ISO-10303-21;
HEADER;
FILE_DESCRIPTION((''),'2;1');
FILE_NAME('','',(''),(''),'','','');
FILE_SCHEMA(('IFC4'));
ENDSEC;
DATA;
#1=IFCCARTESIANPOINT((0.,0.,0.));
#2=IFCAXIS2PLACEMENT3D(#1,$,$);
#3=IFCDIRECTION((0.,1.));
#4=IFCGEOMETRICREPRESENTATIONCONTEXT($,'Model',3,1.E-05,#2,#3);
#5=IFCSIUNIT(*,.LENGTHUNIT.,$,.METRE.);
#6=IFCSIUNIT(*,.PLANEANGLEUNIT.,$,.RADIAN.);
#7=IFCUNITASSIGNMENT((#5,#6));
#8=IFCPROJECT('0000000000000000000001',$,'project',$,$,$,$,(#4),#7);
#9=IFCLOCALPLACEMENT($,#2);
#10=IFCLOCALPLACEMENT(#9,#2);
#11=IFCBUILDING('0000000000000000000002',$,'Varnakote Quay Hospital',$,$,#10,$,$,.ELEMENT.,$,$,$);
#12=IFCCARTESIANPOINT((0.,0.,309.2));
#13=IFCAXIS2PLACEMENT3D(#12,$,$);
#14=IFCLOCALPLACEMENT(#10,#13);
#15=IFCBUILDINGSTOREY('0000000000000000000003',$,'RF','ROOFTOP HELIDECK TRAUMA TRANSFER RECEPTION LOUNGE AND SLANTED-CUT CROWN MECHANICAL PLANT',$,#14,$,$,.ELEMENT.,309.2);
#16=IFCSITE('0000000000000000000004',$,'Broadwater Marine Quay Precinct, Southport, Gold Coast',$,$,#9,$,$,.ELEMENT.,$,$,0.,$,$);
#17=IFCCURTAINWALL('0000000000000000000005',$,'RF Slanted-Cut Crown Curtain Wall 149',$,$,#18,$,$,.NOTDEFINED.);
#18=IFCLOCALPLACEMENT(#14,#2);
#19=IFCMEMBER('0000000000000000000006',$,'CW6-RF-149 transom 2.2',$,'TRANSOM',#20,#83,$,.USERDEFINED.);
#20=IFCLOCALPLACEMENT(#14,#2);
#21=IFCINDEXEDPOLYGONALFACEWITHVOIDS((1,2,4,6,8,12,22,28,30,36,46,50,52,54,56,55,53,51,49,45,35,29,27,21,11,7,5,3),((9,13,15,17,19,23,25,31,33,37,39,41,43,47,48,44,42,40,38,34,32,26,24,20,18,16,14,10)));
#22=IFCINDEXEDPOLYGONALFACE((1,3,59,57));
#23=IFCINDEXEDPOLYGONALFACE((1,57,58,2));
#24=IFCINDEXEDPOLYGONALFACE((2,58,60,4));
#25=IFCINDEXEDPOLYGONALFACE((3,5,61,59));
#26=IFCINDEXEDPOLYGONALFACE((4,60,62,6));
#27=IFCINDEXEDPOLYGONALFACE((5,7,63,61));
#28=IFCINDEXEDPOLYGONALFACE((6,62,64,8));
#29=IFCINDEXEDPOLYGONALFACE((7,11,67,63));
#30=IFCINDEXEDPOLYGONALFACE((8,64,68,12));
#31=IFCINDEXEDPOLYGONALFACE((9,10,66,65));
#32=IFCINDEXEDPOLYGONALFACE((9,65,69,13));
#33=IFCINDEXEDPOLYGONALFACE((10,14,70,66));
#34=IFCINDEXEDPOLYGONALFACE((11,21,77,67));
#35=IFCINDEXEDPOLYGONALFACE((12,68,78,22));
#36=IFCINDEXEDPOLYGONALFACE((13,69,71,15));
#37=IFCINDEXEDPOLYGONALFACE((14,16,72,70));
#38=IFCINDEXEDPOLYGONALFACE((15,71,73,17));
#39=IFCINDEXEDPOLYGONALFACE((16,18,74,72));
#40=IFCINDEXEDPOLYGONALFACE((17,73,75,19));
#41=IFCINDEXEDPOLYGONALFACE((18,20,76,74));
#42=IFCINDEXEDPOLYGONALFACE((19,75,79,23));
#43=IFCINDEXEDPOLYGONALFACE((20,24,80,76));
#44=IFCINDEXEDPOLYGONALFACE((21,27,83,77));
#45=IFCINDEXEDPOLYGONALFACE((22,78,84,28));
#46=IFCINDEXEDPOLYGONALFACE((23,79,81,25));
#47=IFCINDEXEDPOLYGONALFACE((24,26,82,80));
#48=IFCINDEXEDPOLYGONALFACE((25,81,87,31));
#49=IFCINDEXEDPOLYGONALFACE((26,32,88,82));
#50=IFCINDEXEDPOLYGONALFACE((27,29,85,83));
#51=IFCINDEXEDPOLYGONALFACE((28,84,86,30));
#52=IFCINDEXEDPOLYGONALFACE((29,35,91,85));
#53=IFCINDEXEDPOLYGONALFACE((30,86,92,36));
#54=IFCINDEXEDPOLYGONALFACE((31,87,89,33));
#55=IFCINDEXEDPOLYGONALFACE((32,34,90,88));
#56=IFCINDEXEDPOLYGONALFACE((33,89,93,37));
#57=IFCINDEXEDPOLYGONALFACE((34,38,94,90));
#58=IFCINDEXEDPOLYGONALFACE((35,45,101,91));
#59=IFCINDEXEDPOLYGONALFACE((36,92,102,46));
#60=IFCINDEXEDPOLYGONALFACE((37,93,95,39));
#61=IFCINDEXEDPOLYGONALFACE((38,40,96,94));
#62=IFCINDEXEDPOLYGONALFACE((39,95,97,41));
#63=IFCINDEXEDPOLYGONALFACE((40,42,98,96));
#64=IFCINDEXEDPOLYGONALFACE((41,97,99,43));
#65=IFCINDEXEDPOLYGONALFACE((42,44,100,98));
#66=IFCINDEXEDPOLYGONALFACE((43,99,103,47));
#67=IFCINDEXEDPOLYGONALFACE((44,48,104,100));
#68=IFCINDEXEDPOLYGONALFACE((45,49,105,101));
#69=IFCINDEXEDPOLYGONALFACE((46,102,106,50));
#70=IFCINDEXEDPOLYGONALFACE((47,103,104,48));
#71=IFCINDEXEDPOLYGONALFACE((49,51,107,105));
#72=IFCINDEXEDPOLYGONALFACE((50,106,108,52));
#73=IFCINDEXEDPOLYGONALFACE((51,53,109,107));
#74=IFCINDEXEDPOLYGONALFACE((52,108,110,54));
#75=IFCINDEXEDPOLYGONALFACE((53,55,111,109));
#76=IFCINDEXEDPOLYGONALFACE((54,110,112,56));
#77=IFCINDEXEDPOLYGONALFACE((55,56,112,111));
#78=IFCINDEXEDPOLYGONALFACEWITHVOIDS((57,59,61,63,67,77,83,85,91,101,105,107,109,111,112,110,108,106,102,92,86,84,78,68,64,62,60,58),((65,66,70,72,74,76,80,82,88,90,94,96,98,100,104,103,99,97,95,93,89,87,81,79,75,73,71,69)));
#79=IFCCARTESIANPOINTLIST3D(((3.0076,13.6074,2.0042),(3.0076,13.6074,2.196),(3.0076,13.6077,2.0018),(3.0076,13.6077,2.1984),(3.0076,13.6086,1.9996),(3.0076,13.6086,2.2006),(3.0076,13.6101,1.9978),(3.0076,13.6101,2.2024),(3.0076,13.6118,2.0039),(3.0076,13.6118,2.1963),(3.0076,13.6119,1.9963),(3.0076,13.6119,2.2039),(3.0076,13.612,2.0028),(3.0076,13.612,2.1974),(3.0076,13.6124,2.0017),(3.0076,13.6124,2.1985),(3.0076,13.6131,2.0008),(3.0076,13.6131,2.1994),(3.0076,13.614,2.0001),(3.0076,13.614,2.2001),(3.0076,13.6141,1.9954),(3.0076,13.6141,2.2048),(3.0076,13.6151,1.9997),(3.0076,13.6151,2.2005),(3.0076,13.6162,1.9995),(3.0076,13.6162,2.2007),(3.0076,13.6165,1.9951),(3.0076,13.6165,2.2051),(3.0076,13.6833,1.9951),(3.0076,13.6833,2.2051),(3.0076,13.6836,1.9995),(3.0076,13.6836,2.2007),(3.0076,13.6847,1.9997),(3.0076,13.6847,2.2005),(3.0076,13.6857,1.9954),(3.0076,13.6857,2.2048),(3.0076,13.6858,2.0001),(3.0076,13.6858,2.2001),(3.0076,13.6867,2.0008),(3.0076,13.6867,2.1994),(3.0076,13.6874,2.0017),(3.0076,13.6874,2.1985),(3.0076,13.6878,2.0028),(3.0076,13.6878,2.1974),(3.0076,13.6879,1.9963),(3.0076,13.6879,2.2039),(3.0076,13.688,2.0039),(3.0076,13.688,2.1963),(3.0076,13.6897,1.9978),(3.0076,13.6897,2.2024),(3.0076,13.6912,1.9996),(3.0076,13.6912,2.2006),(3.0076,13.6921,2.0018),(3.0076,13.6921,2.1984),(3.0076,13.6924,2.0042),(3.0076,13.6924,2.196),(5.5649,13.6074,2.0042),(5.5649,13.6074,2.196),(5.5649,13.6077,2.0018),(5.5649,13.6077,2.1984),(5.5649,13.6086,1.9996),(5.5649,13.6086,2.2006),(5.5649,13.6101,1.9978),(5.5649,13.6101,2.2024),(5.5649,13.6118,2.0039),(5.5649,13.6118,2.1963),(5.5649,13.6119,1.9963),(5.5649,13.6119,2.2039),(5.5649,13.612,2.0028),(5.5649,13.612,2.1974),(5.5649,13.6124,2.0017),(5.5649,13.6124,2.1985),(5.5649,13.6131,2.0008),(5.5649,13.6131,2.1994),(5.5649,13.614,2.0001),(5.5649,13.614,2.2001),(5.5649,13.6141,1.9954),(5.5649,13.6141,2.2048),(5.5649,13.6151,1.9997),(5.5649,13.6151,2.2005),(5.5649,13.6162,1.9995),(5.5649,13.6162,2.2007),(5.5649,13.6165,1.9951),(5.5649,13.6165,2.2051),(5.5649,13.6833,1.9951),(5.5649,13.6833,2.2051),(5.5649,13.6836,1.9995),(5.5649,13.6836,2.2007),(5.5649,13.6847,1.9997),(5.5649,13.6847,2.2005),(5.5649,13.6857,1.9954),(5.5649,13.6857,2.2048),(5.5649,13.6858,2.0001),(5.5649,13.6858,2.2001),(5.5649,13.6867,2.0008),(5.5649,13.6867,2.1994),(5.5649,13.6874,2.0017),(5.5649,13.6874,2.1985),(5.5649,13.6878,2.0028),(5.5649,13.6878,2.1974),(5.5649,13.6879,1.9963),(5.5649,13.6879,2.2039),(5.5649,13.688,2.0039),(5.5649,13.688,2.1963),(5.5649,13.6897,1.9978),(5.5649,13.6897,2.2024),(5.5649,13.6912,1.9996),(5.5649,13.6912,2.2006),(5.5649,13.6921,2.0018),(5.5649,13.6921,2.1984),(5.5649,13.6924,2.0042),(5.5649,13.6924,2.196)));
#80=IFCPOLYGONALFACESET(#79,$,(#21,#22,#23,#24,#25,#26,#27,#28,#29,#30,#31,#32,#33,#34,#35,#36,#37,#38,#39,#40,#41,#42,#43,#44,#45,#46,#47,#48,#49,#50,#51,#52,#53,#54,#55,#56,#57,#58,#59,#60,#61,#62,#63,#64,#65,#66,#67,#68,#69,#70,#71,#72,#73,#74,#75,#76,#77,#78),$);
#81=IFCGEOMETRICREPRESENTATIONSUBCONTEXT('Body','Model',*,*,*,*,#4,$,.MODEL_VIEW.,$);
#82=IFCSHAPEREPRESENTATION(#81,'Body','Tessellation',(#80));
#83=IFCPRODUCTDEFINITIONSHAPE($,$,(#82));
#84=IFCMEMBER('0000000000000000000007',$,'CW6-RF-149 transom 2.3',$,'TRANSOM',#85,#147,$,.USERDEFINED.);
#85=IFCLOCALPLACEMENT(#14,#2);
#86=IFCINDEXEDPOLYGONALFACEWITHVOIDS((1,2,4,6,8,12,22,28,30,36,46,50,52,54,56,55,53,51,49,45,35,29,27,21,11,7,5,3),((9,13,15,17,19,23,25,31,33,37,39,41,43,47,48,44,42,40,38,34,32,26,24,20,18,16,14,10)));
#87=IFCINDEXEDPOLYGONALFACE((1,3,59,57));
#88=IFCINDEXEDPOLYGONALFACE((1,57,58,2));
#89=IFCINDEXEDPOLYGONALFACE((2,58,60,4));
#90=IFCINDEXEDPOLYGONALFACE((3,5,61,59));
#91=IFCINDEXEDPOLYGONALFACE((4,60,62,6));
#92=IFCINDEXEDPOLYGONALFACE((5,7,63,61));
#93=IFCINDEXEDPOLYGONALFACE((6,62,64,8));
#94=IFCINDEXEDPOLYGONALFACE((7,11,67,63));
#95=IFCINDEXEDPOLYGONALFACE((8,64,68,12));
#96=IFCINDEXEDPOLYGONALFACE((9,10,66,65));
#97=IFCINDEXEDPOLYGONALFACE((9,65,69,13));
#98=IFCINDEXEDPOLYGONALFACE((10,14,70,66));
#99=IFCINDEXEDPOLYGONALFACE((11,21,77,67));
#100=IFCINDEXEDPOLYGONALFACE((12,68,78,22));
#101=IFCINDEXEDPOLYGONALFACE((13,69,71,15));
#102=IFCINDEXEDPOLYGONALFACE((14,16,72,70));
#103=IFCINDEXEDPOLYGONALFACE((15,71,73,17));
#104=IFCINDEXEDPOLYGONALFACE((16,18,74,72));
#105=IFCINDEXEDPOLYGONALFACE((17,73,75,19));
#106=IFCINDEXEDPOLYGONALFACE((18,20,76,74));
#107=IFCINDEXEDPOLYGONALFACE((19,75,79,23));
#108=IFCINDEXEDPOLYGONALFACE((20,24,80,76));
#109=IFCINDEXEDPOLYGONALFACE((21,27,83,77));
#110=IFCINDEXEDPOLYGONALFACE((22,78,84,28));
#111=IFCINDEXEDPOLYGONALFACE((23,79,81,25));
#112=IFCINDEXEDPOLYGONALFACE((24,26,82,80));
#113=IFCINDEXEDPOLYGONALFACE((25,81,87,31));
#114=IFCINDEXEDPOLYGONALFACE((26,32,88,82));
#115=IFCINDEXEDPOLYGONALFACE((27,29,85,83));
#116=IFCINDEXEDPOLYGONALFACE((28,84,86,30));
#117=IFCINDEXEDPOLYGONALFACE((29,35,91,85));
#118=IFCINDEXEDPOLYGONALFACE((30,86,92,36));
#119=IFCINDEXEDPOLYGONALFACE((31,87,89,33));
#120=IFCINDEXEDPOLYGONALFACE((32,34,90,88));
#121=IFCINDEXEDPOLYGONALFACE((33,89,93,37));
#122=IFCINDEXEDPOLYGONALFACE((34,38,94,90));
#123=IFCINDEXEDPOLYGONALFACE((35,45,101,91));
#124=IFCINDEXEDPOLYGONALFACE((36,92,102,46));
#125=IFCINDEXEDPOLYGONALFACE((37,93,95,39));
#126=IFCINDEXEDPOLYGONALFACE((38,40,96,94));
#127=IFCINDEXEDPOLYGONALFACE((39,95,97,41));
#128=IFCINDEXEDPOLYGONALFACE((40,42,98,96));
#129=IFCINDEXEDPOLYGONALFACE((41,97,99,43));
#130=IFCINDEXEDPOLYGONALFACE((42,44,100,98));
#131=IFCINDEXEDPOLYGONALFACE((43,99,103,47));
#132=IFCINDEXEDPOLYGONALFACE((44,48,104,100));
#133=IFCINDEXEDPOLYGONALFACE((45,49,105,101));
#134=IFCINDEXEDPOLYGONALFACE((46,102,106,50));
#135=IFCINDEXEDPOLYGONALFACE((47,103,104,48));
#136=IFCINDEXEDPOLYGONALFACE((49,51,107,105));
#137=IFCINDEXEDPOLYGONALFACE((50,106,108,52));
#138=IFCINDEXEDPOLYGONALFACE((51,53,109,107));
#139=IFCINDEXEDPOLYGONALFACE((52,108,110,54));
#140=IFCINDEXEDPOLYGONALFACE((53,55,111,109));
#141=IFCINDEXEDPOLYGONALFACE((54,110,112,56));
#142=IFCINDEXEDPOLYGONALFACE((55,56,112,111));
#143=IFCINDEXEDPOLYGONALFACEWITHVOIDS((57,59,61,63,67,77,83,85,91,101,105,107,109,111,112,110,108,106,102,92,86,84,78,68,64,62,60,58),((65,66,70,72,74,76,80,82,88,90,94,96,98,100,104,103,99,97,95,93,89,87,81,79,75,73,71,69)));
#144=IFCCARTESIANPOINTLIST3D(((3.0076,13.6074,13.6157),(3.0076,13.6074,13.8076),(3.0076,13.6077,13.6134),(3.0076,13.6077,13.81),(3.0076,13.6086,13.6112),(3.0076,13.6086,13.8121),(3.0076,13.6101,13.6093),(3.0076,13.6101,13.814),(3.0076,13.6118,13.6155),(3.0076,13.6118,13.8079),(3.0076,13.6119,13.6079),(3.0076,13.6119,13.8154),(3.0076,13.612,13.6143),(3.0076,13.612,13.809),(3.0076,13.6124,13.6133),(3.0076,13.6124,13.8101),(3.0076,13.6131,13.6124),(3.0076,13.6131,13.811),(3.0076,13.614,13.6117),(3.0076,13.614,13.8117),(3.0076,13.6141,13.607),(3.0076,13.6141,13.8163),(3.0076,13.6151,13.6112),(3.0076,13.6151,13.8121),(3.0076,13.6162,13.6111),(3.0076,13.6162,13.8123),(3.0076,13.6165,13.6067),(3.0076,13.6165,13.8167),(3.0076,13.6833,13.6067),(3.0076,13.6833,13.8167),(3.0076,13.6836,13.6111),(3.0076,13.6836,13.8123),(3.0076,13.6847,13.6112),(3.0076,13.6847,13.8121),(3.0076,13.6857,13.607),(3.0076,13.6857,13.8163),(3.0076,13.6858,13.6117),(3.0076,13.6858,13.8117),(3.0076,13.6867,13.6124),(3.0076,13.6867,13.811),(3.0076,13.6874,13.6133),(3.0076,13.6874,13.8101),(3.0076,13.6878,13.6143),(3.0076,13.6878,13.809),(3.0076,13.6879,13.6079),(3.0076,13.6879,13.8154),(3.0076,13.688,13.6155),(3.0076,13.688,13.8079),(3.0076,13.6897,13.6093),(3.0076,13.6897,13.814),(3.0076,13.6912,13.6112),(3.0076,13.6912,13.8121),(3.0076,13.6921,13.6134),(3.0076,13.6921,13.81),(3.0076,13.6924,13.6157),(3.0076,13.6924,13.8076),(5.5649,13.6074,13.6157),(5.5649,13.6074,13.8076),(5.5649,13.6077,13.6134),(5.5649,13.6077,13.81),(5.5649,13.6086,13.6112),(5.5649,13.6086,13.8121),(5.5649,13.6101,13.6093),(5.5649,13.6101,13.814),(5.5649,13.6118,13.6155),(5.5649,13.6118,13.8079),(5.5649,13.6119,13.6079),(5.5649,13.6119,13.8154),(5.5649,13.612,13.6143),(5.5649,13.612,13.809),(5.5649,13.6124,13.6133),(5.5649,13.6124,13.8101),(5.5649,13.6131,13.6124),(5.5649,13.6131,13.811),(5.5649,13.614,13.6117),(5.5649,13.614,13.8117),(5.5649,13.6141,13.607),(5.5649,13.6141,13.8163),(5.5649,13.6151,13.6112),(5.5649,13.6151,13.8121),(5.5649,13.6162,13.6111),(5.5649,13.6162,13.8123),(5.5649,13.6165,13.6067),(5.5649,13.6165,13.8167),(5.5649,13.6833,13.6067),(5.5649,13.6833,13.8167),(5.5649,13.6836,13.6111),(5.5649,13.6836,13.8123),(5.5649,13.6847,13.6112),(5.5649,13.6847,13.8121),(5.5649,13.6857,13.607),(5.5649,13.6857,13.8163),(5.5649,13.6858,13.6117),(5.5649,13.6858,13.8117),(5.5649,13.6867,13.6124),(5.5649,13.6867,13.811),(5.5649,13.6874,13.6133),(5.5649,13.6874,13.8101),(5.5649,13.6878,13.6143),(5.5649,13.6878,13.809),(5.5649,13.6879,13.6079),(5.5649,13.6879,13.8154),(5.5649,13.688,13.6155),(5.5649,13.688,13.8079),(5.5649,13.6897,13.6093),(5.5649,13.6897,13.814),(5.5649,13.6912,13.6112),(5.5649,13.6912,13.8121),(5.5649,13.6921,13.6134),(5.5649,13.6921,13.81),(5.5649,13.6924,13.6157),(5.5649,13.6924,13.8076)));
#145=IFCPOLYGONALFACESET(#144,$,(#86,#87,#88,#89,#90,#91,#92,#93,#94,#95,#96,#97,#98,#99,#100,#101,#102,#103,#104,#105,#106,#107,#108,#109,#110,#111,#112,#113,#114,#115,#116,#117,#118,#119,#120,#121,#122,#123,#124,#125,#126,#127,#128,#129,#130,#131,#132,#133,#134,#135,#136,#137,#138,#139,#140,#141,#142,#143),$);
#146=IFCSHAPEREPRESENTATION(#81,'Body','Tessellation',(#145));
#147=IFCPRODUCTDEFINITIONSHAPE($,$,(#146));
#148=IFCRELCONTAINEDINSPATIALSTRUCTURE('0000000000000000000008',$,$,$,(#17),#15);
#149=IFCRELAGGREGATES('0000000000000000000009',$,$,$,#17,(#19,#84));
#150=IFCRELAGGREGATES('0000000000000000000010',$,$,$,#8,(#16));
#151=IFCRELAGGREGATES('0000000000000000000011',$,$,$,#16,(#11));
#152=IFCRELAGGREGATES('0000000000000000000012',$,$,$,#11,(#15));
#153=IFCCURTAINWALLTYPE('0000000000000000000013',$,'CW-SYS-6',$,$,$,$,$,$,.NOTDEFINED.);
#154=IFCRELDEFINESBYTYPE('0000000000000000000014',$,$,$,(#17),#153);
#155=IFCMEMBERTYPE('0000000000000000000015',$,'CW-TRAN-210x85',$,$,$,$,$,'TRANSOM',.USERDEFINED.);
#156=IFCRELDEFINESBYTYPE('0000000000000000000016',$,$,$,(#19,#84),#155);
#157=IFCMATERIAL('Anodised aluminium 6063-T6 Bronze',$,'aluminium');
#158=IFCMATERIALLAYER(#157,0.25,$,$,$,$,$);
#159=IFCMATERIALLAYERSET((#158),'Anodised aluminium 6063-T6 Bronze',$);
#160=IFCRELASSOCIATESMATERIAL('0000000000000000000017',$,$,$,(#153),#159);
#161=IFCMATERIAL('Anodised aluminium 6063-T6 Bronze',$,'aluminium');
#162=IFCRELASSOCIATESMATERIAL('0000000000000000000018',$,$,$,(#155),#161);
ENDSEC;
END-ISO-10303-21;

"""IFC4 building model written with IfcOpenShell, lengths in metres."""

from ifc_helpers import new_model, si_unit, direction, frame, origin, origin_2d, place, context, subcontext, project, spatial, hollow_rectangle, extrude, material, layer, layer_set, material_profile, profile_set, type_object, element, aggregate, save


model = new_model("IFC4")

# Units and contexts
model_context = context("Model", 3, precision=1e-05, world=origin(), true_north=direction((0.0, 1.0)))
body_context = subcontext(model_context, "Body", "Model", "MODEL_VIEW")
ifc_project = project(units=[si_unit("LENGTHUNIT", "METRE"), si_unit("PLANEANGLEUNIT", "RADIAN")], contexts=[model_context])

# Site, building, storey
site_placement = place(None, origin())
site = spatial("IfcSite", under=ifc_project, at=site_placement, Name="Broadwater Marine Quay Precinct, Southport, Gold Coast", CompositionType="ELEMENT", RefElevation=0.0)
building_placement = place(site_placement, origin())
building = spatial("IfcBuilding", under=site, at=building_placement, Name="Varnakote Quay Hospital", CompositionType="ELEMENT")
storey_placement = place(building_placement, frame((0.0, 0.0, 309.2)))
storey = spatial("IfcBuildingStorey", under=building, at=storey_placement, Name="RF", Description="ROOFTOP HELIDECK TRAUMA TRANSFER RECEPTION LOUNGE AND SLANTED-CUT CROWN MECHANICAL PLANT", CompositionType="ELEMENT", Elevation=309.2)

# Curtain wall
ifc_material_1 = material(Name="Anodised aluminium 6063-T6 Bronze", Category="aluminium")
ifc_layer_1 = layer(ifc_material_1, 0.25)
ifc_layer_set_1 = layer_set([ifc_layer_1], Name="Anodised aluminium 6063-T6 Bronze")
curtain_wall_type = type_object("IfcCurtainWallType", Name="CW-SYS-6", PredefinedType="NOTDEFINED", material=ifc_layer_set_1)
curtain_wall_1_placement = place(storey_placement, origin())
curtain_wall_1 = element("IfcCurtainWall", 1, at=curtain_wall_1_placement, inside=storey, type_object=curtain_wall_type, Name="RF Slanted-Cut Crown Curtain Wall 149", PredefinedType="NOTDEFINED")

# Members
ifc_material_2 = material(Name="Anodised aluminium 6063-T6 Bronze", Category="aluminium")
ifc_material_profile_1 = material_profile(ifc_material_2, hollow_rectangle(XDim=0.085, YDim=0.21, WallThickness=0.0044, InnerFilletRadius=0.0044, OuterFilletRadius=0.009, at=origin_2d()), Name="CW-TRAN-210x85")
ifc_profile_set_1 = profile_set([ifc_material_profile_1], Name="Anodised aluminium 6063-T6 Bronze")
member_type_1 = type_object("IfcMemberType", Name="CW-TRAN-210x85", ElementType="TRANSOM", PredefinedType="USERDEFINED", material=ifc_profile_set_1)
member_1_placement = place(storey_placement, frame((3.0076, 13.6499, 2.1001), z_axis=(1.0, 0.0, 0.0), x_axis=(0.0, 1.0, 0.0)))
member_1 = element("IfcMember", 2, at=member_1_placement, type_object=member_type_1, Name="CW6-RF-149 transom 2.2", ObjectType="TRANSOM", PredefinedType="USERDEFINED", context=body_context, shape_type="SweptSolid", body=[
    extrude(hollow_rectangle(XDim=0.085, YDim=0.21, WallThickness=0.0044, InnerFilletRadius=0.0044, OuterFilletRadius=0.009, at=origin_2d()), origin(), (0.0, 0.0, 1.0), 2.5574),
])
member_2_placement = place(storey_placement, frame((3.0076, 13.6499, 13.7117), z_axis=(1.0, 0.0, 0.0), x_axis=(0.0, 1.0, 0.0)))
member_2 = element("IfcMember", 3, at=member_2_placement, type_object=member_type_1, Name="CW6-RF-149 transom 2.3", ObjectType="TRANSOM", PredefinedType="USERDEFINED", context=body_context, shape_type="SweptSolid", body=[
    extrude(hollow_rectangle(XDim=0.085, YDim=0.21, WallThickness=0.0044, InnerFilletRadius=0.0044, OuterFilletRadius=0.009, at=origin_2d()), origin(), (0.0, 0.0, 1.0), 2.5574),
])

aggregate(curtain_wall_1, [member_1, member_2])

save(model, "model.ifc")
